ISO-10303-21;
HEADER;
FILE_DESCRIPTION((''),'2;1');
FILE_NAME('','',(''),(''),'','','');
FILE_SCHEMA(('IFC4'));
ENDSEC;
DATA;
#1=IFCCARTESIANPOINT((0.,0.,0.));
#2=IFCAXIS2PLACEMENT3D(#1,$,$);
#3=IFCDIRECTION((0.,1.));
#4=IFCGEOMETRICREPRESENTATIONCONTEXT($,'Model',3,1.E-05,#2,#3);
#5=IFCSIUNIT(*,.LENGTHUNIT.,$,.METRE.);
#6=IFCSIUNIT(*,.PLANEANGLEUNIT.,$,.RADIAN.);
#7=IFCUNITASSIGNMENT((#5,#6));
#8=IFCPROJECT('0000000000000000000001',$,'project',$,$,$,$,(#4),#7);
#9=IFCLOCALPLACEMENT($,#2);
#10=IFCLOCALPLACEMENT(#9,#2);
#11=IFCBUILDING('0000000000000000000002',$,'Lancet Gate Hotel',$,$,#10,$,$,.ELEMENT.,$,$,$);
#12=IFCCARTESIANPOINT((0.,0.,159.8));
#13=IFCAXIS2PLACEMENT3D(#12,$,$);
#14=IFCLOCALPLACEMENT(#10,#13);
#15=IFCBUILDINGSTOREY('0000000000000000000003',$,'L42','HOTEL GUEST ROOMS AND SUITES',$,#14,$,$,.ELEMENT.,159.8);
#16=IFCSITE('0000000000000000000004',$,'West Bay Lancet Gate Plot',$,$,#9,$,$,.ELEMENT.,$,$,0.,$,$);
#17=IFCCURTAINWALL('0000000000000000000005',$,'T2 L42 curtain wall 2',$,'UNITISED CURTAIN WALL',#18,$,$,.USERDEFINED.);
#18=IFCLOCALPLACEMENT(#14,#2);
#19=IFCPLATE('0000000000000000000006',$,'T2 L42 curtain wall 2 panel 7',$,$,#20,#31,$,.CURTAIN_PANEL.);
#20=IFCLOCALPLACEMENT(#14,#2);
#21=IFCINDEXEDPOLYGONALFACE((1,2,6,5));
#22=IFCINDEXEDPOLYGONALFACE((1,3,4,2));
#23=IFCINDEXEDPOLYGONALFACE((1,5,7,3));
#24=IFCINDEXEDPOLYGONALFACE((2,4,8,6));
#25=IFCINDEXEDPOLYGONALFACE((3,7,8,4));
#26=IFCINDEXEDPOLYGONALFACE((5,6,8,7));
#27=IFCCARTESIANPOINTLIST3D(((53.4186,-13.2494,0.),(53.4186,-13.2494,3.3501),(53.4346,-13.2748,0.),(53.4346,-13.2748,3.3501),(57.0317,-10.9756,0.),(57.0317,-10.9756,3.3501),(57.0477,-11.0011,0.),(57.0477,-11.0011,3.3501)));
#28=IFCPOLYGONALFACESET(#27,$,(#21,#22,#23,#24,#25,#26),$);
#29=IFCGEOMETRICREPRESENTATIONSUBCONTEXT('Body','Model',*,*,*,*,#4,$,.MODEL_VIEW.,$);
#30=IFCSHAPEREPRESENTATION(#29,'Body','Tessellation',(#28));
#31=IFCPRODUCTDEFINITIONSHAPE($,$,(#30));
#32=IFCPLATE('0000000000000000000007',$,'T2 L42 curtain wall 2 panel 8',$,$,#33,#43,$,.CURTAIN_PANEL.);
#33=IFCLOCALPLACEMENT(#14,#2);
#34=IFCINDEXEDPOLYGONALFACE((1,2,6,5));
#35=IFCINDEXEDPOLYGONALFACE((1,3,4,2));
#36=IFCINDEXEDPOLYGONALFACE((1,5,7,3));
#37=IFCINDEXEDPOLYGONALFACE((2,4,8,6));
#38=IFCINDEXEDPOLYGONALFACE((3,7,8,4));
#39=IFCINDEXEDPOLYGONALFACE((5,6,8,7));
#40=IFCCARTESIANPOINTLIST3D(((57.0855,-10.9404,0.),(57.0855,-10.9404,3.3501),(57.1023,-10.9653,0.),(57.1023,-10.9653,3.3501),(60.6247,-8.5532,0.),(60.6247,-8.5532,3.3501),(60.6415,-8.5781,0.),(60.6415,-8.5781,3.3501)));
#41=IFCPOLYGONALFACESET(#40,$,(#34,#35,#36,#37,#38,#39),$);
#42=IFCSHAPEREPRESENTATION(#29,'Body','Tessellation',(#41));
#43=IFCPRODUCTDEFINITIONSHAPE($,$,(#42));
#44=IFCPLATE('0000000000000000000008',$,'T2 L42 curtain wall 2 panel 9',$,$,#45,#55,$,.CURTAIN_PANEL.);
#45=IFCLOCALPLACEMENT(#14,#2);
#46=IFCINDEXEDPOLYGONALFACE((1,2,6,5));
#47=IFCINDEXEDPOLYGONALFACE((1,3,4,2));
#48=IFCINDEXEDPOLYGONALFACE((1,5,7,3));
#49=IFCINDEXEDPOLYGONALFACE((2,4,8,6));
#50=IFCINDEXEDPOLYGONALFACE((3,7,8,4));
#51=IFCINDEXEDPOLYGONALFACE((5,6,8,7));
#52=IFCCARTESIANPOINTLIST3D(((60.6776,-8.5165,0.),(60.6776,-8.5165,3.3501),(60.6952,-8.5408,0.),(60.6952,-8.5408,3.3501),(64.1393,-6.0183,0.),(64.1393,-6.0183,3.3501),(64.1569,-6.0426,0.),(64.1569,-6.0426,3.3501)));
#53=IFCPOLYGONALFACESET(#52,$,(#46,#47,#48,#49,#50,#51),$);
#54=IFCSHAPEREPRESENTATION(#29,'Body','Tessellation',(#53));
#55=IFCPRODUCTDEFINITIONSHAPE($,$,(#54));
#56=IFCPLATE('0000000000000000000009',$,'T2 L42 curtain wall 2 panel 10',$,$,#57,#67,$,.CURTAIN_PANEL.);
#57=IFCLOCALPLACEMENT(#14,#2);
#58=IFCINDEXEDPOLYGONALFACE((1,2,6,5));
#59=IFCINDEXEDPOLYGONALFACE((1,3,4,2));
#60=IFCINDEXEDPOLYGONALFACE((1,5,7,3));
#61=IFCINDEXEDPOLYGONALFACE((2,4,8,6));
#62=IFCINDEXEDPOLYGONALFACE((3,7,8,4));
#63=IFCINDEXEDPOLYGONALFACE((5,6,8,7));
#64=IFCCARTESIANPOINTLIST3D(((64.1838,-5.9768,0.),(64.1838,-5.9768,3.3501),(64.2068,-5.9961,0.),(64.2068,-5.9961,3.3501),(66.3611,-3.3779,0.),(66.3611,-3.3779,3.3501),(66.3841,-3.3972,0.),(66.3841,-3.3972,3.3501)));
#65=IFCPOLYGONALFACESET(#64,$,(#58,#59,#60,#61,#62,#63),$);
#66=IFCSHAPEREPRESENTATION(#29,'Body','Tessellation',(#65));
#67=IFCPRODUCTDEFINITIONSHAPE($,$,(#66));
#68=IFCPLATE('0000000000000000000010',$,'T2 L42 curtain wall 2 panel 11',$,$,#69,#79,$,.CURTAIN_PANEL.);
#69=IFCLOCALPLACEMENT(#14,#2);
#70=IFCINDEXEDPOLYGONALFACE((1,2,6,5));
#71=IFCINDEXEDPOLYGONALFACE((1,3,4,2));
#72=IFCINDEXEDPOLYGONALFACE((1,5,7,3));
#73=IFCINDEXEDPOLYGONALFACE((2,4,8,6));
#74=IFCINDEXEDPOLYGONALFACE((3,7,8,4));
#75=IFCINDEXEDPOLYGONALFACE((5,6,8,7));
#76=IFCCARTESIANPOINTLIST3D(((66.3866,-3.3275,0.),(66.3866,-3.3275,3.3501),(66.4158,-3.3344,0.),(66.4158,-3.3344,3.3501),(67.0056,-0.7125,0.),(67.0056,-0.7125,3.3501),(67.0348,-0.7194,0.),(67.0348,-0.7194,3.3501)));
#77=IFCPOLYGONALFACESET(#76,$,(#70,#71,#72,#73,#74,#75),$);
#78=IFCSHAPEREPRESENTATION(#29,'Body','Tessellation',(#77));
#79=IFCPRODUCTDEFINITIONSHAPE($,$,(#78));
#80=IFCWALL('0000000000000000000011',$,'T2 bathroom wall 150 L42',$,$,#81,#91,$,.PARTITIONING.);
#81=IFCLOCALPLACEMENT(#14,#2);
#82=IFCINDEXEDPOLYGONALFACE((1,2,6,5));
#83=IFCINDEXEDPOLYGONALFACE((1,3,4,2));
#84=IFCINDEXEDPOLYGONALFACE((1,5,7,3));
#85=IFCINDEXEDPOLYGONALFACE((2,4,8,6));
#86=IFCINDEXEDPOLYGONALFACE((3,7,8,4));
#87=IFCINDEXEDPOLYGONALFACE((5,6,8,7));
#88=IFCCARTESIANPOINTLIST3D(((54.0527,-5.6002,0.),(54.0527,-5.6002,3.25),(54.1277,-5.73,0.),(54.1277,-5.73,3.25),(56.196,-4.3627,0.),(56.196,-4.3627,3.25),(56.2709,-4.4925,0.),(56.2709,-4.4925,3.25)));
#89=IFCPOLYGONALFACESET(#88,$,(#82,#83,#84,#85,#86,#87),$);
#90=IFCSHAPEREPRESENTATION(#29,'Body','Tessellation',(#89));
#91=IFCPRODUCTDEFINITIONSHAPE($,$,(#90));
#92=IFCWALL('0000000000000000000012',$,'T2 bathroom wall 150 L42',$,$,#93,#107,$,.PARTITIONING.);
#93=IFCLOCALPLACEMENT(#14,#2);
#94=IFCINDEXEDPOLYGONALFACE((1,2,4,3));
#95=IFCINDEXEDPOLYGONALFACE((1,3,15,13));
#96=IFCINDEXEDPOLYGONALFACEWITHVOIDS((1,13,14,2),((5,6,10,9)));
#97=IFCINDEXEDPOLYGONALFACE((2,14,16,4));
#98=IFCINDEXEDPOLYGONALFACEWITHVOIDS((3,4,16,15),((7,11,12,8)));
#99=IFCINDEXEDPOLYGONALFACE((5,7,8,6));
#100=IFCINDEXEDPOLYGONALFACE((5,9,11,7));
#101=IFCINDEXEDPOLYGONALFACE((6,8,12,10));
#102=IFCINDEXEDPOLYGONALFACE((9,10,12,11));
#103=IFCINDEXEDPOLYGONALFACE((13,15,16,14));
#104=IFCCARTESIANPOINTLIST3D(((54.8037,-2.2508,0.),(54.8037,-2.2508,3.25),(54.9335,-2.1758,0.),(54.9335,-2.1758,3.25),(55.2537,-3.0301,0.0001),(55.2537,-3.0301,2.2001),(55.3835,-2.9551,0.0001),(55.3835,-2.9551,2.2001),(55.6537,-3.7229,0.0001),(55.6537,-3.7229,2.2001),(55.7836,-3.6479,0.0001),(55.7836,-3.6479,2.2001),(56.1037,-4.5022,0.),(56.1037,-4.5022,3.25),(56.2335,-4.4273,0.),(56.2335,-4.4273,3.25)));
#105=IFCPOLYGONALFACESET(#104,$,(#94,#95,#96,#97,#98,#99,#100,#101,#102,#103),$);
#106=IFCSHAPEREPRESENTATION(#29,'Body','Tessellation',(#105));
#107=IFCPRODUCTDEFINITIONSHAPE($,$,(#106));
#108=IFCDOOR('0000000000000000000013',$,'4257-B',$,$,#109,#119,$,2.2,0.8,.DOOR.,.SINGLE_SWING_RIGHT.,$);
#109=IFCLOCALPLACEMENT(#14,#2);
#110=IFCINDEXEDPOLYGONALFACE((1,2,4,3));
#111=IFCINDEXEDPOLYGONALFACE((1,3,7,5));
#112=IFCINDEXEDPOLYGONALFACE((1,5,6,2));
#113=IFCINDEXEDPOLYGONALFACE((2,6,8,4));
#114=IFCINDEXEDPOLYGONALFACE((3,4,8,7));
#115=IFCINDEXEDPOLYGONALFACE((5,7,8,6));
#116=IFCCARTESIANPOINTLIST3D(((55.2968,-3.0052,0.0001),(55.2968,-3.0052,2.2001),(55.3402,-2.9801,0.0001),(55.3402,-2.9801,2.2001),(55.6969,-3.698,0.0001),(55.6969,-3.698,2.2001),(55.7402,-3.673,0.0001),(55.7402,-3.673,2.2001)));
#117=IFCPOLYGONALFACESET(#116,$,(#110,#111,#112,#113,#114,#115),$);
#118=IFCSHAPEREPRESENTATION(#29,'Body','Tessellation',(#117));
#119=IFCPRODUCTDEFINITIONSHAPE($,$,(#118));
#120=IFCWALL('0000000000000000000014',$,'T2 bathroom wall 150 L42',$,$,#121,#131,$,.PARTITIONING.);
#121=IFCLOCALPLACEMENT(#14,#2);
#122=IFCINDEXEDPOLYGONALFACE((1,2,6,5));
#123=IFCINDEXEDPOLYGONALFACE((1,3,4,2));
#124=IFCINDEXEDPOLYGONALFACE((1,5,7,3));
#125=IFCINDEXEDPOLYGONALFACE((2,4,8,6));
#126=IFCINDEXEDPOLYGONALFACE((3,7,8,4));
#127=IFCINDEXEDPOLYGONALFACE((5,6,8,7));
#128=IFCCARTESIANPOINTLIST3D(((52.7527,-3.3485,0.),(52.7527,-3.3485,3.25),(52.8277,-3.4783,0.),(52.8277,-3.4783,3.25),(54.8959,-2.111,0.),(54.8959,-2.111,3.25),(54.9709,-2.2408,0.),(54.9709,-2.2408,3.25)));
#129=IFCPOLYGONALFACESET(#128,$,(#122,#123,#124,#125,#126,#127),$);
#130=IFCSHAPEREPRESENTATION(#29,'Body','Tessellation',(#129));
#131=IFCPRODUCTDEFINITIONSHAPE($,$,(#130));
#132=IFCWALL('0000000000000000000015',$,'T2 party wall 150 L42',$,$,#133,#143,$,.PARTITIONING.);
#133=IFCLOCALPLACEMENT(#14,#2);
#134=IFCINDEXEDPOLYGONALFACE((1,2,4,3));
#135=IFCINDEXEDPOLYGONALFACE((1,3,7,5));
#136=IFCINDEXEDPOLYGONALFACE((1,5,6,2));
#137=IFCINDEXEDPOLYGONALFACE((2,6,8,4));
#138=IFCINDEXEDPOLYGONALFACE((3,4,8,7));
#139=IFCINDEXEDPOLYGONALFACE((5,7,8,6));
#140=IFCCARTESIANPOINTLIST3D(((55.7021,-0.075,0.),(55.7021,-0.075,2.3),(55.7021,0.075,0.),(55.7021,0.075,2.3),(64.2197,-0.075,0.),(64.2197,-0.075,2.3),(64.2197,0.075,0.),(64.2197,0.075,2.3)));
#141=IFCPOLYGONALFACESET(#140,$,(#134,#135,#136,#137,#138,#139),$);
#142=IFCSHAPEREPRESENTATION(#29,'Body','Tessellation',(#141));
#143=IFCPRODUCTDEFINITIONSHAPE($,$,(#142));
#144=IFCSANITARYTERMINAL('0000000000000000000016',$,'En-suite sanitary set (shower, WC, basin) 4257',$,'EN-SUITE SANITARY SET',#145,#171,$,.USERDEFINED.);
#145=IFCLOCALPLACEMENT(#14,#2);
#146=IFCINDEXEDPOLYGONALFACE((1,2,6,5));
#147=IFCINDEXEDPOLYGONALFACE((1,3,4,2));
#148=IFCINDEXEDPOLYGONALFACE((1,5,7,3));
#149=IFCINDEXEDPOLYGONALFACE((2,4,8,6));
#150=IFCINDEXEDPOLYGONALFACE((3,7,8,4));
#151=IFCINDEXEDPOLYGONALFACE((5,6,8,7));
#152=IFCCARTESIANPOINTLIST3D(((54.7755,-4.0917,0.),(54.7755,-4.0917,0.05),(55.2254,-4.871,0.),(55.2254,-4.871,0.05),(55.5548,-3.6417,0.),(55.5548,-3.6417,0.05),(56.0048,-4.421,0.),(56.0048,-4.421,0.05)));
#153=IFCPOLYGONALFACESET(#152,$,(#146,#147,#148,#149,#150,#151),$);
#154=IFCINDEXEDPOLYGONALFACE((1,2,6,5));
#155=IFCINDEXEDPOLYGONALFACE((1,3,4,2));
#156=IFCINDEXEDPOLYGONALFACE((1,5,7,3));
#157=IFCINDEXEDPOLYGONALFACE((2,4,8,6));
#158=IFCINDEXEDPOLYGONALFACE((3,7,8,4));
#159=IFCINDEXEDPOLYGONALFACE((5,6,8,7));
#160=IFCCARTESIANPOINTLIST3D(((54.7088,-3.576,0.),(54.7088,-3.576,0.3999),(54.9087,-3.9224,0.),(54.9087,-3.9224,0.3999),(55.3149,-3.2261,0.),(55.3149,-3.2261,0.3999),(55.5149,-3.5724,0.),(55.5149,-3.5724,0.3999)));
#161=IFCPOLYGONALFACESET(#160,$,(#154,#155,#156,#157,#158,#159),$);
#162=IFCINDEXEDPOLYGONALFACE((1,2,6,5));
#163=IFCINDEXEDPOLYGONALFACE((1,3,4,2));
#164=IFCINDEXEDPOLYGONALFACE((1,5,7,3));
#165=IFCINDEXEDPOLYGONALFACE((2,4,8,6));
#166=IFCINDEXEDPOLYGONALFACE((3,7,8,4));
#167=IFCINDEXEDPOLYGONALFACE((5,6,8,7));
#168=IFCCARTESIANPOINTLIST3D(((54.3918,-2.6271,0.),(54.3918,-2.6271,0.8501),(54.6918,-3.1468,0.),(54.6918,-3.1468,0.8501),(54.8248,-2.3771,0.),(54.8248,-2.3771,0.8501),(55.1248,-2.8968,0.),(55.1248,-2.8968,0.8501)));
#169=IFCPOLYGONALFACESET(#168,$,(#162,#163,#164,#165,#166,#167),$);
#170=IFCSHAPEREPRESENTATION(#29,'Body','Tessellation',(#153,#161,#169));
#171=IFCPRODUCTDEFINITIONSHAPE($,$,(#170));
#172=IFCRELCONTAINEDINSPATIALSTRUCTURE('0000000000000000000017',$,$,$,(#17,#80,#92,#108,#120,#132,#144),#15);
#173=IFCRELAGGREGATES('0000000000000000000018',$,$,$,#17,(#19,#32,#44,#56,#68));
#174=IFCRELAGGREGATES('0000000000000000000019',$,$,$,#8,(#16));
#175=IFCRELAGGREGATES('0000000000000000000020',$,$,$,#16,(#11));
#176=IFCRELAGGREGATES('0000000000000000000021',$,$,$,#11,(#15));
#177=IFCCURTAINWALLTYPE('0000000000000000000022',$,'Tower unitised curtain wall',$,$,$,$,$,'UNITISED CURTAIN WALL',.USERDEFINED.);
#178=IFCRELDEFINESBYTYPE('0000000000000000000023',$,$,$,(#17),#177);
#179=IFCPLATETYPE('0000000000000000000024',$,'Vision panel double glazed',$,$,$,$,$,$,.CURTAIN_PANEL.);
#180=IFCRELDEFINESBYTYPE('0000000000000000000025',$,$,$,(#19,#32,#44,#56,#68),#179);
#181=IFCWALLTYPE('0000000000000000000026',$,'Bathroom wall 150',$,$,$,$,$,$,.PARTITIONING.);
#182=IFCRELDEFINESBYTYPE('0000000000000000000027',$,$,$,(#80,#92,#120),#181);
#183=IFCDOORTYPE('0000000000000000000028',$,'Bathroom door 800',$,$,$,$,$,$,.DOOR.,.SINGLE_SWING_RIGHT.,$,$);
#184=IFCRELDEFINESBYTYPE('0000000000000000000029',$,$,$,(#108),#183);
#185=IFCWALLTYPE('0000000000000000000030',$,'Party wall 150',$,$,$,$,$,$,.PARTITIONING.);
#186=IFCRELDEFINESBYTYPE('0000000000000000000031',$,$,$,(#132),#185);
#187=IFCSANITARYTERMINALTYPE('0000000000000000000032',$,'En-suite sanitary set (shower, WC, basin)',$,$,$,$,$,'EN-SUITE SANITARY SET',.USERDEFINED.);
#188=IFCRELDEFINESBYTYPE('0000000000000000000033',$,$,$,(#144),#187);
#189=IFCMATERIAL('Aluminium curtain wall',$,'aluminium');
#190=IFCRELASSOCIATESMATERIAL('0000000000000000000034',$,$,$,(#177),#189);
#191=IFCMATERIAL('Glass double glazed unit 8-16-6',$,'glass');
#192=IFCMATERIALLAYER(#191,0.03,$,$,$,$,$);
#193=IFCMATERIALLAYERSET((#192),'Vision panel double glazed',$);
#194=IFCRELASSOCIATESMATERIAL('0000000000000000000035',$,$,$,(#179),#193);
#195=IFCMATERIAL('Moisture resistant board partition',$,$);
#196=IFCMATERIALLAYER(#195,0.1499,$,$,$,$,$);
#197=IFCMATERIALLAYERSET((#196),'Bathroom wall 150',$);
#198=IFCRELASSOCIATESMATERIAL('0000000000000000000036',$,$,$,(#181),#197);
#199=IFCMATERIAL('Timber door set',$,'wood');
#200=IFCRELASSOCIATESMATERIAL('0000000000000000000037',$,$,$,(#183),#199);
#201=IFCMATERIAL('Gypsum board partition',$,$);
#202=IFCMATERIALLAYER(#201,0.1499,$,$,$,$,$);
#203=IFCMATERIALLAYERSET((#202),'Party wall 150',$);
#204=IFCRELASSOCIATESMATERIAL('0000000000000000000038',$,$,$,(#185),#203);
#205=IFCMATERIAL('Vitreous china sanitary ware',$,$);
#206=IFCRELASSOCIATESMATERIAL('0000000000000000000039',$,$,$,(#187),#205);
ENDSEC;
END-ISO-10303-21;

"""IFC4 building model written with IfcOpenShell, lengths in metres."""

from ifc_helpers import new_model, si_unit, direction, frame, frame_2d, origin, origin_2d, place, context, subcontext, project, spatial, rectangle, extrude, material, layer, layer_set, type_object, element, fill, aggregate, save


model = new_model("IFC4")

# Units and contexts
model_context = context("Model", 3, precision=1e-05, world=origin(), true_north=direction((0.0, 1.0)))
body_context = subcontext(model_context, "Body", "Model", "MODEL_VIEW")
ifc_project = project(units=[si_unit("LENGTHUNIT", "METRE"), si_unit("PLANEANGLEUNIT", "RADIAN")], contexts=[model_context])

# Site, building, storey
site_placement = place(None, origin())
site = spatial("IfcSite", under=ifc_project, at=site_placement, Name="West Bay Lancet Gate Plot", CompositionType="ELEMENT", RefElevation=0.0)
building_placement = place(site_placement, origin())
building = spatial("IfcBuilding", under=site, at=building_placement, Name="Lancet Gate Hotel", CompositionType="ELEMENT")
storey_placement = place(building_placement, frame((0.0, 0.0, 159.8)))
storey = spatial("IfcBuildingStorey", under=building, at=storey_placement, Name="L42", Description="HOTEL GUEST ROOMS AND SUITES", CompositionType="ELEMENT", Elevation=159.8)

# Curtain wall
ifc_material_1 = material(Name="Aluminium curtain wall", Category="aluminium")
curtain_wall_type = type_object("IfcCurtainWallType", Name="Tower unitised curtain wall", ElementType="UNITISED CURTAIN WALL", PredefinedType="USERDEFINED", material=ifc_material_1)
curtain_wall_placement = place(storey_placement, origin())
curtain_wall = element("IfcCurtainWall", 1, at=curtain_wall_placement, inside=storey, type_object=curtain_wall_type, Name="T2 L42 curtain wall 2", ObjectType="UNITISED CURTAIN WALL", PredefinedType="USERDEFINED")

# Plates
ifc_material_2 = material(Name="Glass double glazed unit 8-16-6", Category="glass")
ifc_layer_1 = layer(ifc_material_2, 0.03)
ifc_layer_set_1 = layer_set([ifc_layer_1], Name="Vision panel double glazed")
plate_type = type_object("IfcPlateType", Name="Vision panel double glazed", PredefinedType="CURTAIN_PANEL", material=ifc_layer_set_1)
plate_1_placement = place(storey_placement, frame((55.2332, -12.1252, 0.0), z_axis=(0.0, 0.0, 1.0), x_axis=(0.846352, 0.532623, 0.0)))
plate_1 = element("IfcPlate", 2, at=plate_1_placement, type_object=plate_type, Name="T2 L42 curtain wall 2 panel 7", PredefinedType="CURTAIN_PANEL", context=body_context, shape_type="SweptSolid", body=[
    extrude(rectangle(XDim=4.269, YDim=0.03, at=origin_2d()), origin(), (0.0, 0.0, 1.0), 3.3501),
])
plate_2_placement = place(storey_placement, frame((58.8635, -9.7593, 0.0), z_axis=(0.0, 0.0, 1.0), x_axis=(0.829039, 0.559191, 0.0)))
plate_2 = element("IfcPlate", 3, at=plate_2_placement, type_object=plate_type, Name="T2 L42 curtain wall 2 panel 8", PredefinedType="CURTAIN_PANEL", context=body_context, shape_type="SweptSolid", body=[
    extrude(rectangle(XDim=4.269, YDim=0.03, at=origin_2d()), origin(), (0.0, 0.0, 1.0), 3.3501),
])
plate_3_placement = place(storey_placement, frame((62.4172, -7.2795, 0.0), z_axis=(0.0, 0.0, 1.0), x_axis=(0.810891, 0.585197, 0.0)))
plate_3 = element("IfcPlate", 4, at=plate_3_placement, type_object=plate_type, Name="T2 L42 curtain wall 2 panel 9", PredefinedType="CURTAIN_PANEL", context=body_context, shape_type="SweptSolid", body=[
    extrude(rectangle(XDim=4.269, YDim=0.03, at=origin_2d()), origin(), (0.0, 0.0, 1.0), 3.3501),
])
plate_4_placement = place(storey_placement, frame((65.2839, -4.687, 0.0), z_axis=(0.0, 0.0, 1.0), x_axis=(0.642199, 0.766538, 0.0)))
plate_4 = element("IfcPlate", 5, at=plate_4_placement, type_object=plate_type, Name="T2 L42 curtain wall 2 panel 10", PredefinedType="CURTAIN_PANEL", context=body_context, shape_type="SweptSolid", body=[
    extrude(rectangle(XDim=3.3904, YDim=0.03, at=origin_2d()), origin(), (0.0, 0.0, 1.0), 3.3501),
])
plate_5_placement = place(storey_placement, frame((66.7107, -2.0234, 0.0), z_axis=(0.0, 0.0, 1.0), x_axis=(0.230367, 0.973104, 0.0)))
plate_5 = element("IfcPlate", 6, at=plate_5_placement, type_object=plate_type, Name="T2 L42 curtain wall 2 panel 11", PredefinedType="CURTAIN_PANEL", context=body_context, shape_type="SweptSolid", body=[
    extrude(rectangle(XDim=2.6873, YDim=0.03, at=origin_2d()), origin(), (0.0, 0.0, 1.0), 3.3501),
])
aggregate(curtain_wall, [plate_1, plate_2, plate_3, plate_4, plate_5])

# Wall
ifc_material_3 = material(Name="Moisture resistant board partition")
ifc_layer_2 = layer(ifc_material_3, 0.1499)
ifc_layer_set_2 = layer_set([ifc_layer_2], Name="Bathroom wall 150")
wall_type_1 = type_object("IfcWallType", Name="Bathroom wall 150", PredefinedType="PARTITIONING", material=ifc_layer_set_2)
wall_1_placement = place(storey_placement, frame((54.0903, -5.665, 0.0), z_axis=(0.0, 0.0, 1.0), x_axis=(0.866007, 0.500033, 0.0)))
element("IfcWall", 7, at=wall_1_placement, inside=storey, type_object=wall_type_1, Name="T2 bathroom wall 150 L42", PredefinedType="PARTITIONING", context=body_context, shape_type="SweptSolid", body=[
    extrude(rectangle(XDim=2.4749, YDim=0.1499, at=frame_2d((1.2373, 0.0))), origin(), (0.0, 0.0, 1.0), 3.25),
])

# Wall, opening, door
wall_2_placement = place(storey_placement, frame((54.8687, -2.2134, 0.0), z_axis=(0.0, 0.0, 1.0), x_axis=(0.500048, -0.865998, 0.0)))
wall_2 = element("IfcWall", 8, at=wall_2_placement, inside=storey, type_object=wall_type_1, Name="T2 bathroom wall 150 L42", PredefinedType="PARTITIONING", context=body_context, shape_type="SweptSolid", body=[
    extrude(rectangle(XDim=2.5999, YDim=0.1499, at=frame_2d((1.2998, 0.0))), origin(), (0.0, 0.0, 1.0), 3.25),
])
opening_placement = place(wall_2_placement, frame((0.8999, 0.0, 0.0)))
opening = element("IfcOpeningElement", 9, at=opening_placement, cuts=wall_2, PredefinedType="OPENING", context=body_context, shape_type="SweptSolid", body=[
    extrude(rectangle(XDim=0.8, YDim=2.2, at=frame_2d((0.3999, 1.1001))), frame((0.0, 0.085, 0.0), z_axis=(0.0, -1.0, 0.0), x_axis=(1.0, 0.0, 0.0)), (0.0, 0.0, 1.0), 0.1699),
])
ifc_material_4 = material(Name="Timber door set", Category="wood")
door_type = type_object("IfcDoorType", Name="Bathroom door 800", OperationType="SINGLE_SWING_RIGHT", PredefinedType="DOOR", material=ifc_material_4)
door_placement = place(opening_placement, origin())
door = element("IfcDoor", 10, at=door_placement, inside=storey, type_object=door_type, Name="4257-B", OperationType="SINGLE_SWING_RIGHT", OverallHeight=2.2, OverallWidth=0.8, PredefinedType="DOOR", context=body_context, shape_type="SweptSolid", body=[
    extrude(rectangle(XDim=0.8, YDim=2.2, at=frame_2d((0.3999, 1.1001))), frame((0.0, 0.0249, 0.0), z_axis=(0.0, -1.0, 0.0), x_axis=(1.0, 0.0, 0.0)), (0.0, 0.0, 1.0), 0.05),
])
fill(opening, door)

# Walls
wall_3_placement = place(storey_placement, frame((52.7903, -3.4133, 0.0), z_axis=(0.0, 0.0, 1.0), x_axis=(0.866007, 0.500033, 0.0)))
element("IfcWall", 11, at=wall_3_placement, inside=storey, type_object=wall_type_1, Name="T2 bathroom wall 150 L42", PredefinedType="PARTITIONING", context=body_context, shape_type="SweptSolid", body=[
    extrude(rectangle(XDim=2.4749, YDim=0.1499, at=frame_2d((1.2373, 0.0))), origin(), (0.0, 0.0, 1.0), 3.25),
])
ifc_material_5 = material(Name="Gypsum board partition")
ifc_layer_3 = layer(ifc_material_5, 0.1499)
ifc_layer_set_3 = layer_set([ifc_layer_3], Name="Party wall 150")
wall_type_2 = type_object("IfcWallType", Name="Party wall 150", PredefinedType="PARTITIONING", material=ifc_layer_set_3)
wall_4_placement = place(storey_placement, frame((55.7021, 0.0, 0.0), z_axis=(0.0, 0.0, 1.0), x_axis=(1.0, 0.0, 0.0)))
element("IfcWall", 12, at=wall_4_placement, inside=storey, type_object=wall_type_2, Name="T2 party wall 150 L42", PredefinedType="PARTITIONING", context=body_context, shape_type="SweptSolid", body=[
    extrude(rectangle(XDim=8.5176, YDim=0.1499, at=frame_2d((4.2588, 0.0))), origin(), (0.0, 0.0, 1.0), 2.3),
])

# Sanitary terminal
ifc_material_6 = material(Name="Vitreous china sanitary ware")
sanitary_terminal_type = type_object("IfcSanitaryTerminalType", Name="En-suite sanitary set (shower, WC, basin)", ElementType="EN-SUITE SANITARY SET", PredefinedType="USERDEFINED", material=ifc_material_6)
sanitary_terminal_placement = place(storey_placement, frame((55.3901, -4.2563, 0.0), z_axis=(0.0, 0.0, 1.0), x_axis=(1.0, 0.0, 0.0)))
element("IfcSanitaryTerminal", 13, at=sanitary_terminal_placement, inside=storey, type_object=sanitary_terminal_type, Name="En-suite sanitary set (shower, WC, basin) 4257", ObjectType="EN-SUITE SANITARY SET", PredefinedType="USERDEFINED", context=body_context, shape_type="SweptSolid", body=[
    extrude(rectangle(XDim=0.8999, YDim=0.8999, at=origin_2d()), frame((0.0, 0.0, 0.0), z_axis=(0.0, 0.0, 1.0), x_axis=(0.5, -0.866025, 0.0)), (0.0, 0.0, 1.0), 0.05),
    extrude(rectangle(XDim=0.3999, YDim=0.7, at=origin_2d()), frame((-0.2783, 0.6821, 0.0), z_axis=(0.0, 0.0, 1.0), x_axis=(0.5, -0.866025, 0.0)), (0.0, 0.0, 1.0), 0.3999),
    extrude(rectangle(XDim=0.6001, YDim=0.5, at=origin_2d()), frame((-0.6318, 1.4944, 0.0), z_axis=(0.0, 0.0, 1.0), x_axis=(0.5, -0.866025, 0.0)), (0.0, 0.0, 1.0), 0.8501),
])

save(model, "model.ifc")
